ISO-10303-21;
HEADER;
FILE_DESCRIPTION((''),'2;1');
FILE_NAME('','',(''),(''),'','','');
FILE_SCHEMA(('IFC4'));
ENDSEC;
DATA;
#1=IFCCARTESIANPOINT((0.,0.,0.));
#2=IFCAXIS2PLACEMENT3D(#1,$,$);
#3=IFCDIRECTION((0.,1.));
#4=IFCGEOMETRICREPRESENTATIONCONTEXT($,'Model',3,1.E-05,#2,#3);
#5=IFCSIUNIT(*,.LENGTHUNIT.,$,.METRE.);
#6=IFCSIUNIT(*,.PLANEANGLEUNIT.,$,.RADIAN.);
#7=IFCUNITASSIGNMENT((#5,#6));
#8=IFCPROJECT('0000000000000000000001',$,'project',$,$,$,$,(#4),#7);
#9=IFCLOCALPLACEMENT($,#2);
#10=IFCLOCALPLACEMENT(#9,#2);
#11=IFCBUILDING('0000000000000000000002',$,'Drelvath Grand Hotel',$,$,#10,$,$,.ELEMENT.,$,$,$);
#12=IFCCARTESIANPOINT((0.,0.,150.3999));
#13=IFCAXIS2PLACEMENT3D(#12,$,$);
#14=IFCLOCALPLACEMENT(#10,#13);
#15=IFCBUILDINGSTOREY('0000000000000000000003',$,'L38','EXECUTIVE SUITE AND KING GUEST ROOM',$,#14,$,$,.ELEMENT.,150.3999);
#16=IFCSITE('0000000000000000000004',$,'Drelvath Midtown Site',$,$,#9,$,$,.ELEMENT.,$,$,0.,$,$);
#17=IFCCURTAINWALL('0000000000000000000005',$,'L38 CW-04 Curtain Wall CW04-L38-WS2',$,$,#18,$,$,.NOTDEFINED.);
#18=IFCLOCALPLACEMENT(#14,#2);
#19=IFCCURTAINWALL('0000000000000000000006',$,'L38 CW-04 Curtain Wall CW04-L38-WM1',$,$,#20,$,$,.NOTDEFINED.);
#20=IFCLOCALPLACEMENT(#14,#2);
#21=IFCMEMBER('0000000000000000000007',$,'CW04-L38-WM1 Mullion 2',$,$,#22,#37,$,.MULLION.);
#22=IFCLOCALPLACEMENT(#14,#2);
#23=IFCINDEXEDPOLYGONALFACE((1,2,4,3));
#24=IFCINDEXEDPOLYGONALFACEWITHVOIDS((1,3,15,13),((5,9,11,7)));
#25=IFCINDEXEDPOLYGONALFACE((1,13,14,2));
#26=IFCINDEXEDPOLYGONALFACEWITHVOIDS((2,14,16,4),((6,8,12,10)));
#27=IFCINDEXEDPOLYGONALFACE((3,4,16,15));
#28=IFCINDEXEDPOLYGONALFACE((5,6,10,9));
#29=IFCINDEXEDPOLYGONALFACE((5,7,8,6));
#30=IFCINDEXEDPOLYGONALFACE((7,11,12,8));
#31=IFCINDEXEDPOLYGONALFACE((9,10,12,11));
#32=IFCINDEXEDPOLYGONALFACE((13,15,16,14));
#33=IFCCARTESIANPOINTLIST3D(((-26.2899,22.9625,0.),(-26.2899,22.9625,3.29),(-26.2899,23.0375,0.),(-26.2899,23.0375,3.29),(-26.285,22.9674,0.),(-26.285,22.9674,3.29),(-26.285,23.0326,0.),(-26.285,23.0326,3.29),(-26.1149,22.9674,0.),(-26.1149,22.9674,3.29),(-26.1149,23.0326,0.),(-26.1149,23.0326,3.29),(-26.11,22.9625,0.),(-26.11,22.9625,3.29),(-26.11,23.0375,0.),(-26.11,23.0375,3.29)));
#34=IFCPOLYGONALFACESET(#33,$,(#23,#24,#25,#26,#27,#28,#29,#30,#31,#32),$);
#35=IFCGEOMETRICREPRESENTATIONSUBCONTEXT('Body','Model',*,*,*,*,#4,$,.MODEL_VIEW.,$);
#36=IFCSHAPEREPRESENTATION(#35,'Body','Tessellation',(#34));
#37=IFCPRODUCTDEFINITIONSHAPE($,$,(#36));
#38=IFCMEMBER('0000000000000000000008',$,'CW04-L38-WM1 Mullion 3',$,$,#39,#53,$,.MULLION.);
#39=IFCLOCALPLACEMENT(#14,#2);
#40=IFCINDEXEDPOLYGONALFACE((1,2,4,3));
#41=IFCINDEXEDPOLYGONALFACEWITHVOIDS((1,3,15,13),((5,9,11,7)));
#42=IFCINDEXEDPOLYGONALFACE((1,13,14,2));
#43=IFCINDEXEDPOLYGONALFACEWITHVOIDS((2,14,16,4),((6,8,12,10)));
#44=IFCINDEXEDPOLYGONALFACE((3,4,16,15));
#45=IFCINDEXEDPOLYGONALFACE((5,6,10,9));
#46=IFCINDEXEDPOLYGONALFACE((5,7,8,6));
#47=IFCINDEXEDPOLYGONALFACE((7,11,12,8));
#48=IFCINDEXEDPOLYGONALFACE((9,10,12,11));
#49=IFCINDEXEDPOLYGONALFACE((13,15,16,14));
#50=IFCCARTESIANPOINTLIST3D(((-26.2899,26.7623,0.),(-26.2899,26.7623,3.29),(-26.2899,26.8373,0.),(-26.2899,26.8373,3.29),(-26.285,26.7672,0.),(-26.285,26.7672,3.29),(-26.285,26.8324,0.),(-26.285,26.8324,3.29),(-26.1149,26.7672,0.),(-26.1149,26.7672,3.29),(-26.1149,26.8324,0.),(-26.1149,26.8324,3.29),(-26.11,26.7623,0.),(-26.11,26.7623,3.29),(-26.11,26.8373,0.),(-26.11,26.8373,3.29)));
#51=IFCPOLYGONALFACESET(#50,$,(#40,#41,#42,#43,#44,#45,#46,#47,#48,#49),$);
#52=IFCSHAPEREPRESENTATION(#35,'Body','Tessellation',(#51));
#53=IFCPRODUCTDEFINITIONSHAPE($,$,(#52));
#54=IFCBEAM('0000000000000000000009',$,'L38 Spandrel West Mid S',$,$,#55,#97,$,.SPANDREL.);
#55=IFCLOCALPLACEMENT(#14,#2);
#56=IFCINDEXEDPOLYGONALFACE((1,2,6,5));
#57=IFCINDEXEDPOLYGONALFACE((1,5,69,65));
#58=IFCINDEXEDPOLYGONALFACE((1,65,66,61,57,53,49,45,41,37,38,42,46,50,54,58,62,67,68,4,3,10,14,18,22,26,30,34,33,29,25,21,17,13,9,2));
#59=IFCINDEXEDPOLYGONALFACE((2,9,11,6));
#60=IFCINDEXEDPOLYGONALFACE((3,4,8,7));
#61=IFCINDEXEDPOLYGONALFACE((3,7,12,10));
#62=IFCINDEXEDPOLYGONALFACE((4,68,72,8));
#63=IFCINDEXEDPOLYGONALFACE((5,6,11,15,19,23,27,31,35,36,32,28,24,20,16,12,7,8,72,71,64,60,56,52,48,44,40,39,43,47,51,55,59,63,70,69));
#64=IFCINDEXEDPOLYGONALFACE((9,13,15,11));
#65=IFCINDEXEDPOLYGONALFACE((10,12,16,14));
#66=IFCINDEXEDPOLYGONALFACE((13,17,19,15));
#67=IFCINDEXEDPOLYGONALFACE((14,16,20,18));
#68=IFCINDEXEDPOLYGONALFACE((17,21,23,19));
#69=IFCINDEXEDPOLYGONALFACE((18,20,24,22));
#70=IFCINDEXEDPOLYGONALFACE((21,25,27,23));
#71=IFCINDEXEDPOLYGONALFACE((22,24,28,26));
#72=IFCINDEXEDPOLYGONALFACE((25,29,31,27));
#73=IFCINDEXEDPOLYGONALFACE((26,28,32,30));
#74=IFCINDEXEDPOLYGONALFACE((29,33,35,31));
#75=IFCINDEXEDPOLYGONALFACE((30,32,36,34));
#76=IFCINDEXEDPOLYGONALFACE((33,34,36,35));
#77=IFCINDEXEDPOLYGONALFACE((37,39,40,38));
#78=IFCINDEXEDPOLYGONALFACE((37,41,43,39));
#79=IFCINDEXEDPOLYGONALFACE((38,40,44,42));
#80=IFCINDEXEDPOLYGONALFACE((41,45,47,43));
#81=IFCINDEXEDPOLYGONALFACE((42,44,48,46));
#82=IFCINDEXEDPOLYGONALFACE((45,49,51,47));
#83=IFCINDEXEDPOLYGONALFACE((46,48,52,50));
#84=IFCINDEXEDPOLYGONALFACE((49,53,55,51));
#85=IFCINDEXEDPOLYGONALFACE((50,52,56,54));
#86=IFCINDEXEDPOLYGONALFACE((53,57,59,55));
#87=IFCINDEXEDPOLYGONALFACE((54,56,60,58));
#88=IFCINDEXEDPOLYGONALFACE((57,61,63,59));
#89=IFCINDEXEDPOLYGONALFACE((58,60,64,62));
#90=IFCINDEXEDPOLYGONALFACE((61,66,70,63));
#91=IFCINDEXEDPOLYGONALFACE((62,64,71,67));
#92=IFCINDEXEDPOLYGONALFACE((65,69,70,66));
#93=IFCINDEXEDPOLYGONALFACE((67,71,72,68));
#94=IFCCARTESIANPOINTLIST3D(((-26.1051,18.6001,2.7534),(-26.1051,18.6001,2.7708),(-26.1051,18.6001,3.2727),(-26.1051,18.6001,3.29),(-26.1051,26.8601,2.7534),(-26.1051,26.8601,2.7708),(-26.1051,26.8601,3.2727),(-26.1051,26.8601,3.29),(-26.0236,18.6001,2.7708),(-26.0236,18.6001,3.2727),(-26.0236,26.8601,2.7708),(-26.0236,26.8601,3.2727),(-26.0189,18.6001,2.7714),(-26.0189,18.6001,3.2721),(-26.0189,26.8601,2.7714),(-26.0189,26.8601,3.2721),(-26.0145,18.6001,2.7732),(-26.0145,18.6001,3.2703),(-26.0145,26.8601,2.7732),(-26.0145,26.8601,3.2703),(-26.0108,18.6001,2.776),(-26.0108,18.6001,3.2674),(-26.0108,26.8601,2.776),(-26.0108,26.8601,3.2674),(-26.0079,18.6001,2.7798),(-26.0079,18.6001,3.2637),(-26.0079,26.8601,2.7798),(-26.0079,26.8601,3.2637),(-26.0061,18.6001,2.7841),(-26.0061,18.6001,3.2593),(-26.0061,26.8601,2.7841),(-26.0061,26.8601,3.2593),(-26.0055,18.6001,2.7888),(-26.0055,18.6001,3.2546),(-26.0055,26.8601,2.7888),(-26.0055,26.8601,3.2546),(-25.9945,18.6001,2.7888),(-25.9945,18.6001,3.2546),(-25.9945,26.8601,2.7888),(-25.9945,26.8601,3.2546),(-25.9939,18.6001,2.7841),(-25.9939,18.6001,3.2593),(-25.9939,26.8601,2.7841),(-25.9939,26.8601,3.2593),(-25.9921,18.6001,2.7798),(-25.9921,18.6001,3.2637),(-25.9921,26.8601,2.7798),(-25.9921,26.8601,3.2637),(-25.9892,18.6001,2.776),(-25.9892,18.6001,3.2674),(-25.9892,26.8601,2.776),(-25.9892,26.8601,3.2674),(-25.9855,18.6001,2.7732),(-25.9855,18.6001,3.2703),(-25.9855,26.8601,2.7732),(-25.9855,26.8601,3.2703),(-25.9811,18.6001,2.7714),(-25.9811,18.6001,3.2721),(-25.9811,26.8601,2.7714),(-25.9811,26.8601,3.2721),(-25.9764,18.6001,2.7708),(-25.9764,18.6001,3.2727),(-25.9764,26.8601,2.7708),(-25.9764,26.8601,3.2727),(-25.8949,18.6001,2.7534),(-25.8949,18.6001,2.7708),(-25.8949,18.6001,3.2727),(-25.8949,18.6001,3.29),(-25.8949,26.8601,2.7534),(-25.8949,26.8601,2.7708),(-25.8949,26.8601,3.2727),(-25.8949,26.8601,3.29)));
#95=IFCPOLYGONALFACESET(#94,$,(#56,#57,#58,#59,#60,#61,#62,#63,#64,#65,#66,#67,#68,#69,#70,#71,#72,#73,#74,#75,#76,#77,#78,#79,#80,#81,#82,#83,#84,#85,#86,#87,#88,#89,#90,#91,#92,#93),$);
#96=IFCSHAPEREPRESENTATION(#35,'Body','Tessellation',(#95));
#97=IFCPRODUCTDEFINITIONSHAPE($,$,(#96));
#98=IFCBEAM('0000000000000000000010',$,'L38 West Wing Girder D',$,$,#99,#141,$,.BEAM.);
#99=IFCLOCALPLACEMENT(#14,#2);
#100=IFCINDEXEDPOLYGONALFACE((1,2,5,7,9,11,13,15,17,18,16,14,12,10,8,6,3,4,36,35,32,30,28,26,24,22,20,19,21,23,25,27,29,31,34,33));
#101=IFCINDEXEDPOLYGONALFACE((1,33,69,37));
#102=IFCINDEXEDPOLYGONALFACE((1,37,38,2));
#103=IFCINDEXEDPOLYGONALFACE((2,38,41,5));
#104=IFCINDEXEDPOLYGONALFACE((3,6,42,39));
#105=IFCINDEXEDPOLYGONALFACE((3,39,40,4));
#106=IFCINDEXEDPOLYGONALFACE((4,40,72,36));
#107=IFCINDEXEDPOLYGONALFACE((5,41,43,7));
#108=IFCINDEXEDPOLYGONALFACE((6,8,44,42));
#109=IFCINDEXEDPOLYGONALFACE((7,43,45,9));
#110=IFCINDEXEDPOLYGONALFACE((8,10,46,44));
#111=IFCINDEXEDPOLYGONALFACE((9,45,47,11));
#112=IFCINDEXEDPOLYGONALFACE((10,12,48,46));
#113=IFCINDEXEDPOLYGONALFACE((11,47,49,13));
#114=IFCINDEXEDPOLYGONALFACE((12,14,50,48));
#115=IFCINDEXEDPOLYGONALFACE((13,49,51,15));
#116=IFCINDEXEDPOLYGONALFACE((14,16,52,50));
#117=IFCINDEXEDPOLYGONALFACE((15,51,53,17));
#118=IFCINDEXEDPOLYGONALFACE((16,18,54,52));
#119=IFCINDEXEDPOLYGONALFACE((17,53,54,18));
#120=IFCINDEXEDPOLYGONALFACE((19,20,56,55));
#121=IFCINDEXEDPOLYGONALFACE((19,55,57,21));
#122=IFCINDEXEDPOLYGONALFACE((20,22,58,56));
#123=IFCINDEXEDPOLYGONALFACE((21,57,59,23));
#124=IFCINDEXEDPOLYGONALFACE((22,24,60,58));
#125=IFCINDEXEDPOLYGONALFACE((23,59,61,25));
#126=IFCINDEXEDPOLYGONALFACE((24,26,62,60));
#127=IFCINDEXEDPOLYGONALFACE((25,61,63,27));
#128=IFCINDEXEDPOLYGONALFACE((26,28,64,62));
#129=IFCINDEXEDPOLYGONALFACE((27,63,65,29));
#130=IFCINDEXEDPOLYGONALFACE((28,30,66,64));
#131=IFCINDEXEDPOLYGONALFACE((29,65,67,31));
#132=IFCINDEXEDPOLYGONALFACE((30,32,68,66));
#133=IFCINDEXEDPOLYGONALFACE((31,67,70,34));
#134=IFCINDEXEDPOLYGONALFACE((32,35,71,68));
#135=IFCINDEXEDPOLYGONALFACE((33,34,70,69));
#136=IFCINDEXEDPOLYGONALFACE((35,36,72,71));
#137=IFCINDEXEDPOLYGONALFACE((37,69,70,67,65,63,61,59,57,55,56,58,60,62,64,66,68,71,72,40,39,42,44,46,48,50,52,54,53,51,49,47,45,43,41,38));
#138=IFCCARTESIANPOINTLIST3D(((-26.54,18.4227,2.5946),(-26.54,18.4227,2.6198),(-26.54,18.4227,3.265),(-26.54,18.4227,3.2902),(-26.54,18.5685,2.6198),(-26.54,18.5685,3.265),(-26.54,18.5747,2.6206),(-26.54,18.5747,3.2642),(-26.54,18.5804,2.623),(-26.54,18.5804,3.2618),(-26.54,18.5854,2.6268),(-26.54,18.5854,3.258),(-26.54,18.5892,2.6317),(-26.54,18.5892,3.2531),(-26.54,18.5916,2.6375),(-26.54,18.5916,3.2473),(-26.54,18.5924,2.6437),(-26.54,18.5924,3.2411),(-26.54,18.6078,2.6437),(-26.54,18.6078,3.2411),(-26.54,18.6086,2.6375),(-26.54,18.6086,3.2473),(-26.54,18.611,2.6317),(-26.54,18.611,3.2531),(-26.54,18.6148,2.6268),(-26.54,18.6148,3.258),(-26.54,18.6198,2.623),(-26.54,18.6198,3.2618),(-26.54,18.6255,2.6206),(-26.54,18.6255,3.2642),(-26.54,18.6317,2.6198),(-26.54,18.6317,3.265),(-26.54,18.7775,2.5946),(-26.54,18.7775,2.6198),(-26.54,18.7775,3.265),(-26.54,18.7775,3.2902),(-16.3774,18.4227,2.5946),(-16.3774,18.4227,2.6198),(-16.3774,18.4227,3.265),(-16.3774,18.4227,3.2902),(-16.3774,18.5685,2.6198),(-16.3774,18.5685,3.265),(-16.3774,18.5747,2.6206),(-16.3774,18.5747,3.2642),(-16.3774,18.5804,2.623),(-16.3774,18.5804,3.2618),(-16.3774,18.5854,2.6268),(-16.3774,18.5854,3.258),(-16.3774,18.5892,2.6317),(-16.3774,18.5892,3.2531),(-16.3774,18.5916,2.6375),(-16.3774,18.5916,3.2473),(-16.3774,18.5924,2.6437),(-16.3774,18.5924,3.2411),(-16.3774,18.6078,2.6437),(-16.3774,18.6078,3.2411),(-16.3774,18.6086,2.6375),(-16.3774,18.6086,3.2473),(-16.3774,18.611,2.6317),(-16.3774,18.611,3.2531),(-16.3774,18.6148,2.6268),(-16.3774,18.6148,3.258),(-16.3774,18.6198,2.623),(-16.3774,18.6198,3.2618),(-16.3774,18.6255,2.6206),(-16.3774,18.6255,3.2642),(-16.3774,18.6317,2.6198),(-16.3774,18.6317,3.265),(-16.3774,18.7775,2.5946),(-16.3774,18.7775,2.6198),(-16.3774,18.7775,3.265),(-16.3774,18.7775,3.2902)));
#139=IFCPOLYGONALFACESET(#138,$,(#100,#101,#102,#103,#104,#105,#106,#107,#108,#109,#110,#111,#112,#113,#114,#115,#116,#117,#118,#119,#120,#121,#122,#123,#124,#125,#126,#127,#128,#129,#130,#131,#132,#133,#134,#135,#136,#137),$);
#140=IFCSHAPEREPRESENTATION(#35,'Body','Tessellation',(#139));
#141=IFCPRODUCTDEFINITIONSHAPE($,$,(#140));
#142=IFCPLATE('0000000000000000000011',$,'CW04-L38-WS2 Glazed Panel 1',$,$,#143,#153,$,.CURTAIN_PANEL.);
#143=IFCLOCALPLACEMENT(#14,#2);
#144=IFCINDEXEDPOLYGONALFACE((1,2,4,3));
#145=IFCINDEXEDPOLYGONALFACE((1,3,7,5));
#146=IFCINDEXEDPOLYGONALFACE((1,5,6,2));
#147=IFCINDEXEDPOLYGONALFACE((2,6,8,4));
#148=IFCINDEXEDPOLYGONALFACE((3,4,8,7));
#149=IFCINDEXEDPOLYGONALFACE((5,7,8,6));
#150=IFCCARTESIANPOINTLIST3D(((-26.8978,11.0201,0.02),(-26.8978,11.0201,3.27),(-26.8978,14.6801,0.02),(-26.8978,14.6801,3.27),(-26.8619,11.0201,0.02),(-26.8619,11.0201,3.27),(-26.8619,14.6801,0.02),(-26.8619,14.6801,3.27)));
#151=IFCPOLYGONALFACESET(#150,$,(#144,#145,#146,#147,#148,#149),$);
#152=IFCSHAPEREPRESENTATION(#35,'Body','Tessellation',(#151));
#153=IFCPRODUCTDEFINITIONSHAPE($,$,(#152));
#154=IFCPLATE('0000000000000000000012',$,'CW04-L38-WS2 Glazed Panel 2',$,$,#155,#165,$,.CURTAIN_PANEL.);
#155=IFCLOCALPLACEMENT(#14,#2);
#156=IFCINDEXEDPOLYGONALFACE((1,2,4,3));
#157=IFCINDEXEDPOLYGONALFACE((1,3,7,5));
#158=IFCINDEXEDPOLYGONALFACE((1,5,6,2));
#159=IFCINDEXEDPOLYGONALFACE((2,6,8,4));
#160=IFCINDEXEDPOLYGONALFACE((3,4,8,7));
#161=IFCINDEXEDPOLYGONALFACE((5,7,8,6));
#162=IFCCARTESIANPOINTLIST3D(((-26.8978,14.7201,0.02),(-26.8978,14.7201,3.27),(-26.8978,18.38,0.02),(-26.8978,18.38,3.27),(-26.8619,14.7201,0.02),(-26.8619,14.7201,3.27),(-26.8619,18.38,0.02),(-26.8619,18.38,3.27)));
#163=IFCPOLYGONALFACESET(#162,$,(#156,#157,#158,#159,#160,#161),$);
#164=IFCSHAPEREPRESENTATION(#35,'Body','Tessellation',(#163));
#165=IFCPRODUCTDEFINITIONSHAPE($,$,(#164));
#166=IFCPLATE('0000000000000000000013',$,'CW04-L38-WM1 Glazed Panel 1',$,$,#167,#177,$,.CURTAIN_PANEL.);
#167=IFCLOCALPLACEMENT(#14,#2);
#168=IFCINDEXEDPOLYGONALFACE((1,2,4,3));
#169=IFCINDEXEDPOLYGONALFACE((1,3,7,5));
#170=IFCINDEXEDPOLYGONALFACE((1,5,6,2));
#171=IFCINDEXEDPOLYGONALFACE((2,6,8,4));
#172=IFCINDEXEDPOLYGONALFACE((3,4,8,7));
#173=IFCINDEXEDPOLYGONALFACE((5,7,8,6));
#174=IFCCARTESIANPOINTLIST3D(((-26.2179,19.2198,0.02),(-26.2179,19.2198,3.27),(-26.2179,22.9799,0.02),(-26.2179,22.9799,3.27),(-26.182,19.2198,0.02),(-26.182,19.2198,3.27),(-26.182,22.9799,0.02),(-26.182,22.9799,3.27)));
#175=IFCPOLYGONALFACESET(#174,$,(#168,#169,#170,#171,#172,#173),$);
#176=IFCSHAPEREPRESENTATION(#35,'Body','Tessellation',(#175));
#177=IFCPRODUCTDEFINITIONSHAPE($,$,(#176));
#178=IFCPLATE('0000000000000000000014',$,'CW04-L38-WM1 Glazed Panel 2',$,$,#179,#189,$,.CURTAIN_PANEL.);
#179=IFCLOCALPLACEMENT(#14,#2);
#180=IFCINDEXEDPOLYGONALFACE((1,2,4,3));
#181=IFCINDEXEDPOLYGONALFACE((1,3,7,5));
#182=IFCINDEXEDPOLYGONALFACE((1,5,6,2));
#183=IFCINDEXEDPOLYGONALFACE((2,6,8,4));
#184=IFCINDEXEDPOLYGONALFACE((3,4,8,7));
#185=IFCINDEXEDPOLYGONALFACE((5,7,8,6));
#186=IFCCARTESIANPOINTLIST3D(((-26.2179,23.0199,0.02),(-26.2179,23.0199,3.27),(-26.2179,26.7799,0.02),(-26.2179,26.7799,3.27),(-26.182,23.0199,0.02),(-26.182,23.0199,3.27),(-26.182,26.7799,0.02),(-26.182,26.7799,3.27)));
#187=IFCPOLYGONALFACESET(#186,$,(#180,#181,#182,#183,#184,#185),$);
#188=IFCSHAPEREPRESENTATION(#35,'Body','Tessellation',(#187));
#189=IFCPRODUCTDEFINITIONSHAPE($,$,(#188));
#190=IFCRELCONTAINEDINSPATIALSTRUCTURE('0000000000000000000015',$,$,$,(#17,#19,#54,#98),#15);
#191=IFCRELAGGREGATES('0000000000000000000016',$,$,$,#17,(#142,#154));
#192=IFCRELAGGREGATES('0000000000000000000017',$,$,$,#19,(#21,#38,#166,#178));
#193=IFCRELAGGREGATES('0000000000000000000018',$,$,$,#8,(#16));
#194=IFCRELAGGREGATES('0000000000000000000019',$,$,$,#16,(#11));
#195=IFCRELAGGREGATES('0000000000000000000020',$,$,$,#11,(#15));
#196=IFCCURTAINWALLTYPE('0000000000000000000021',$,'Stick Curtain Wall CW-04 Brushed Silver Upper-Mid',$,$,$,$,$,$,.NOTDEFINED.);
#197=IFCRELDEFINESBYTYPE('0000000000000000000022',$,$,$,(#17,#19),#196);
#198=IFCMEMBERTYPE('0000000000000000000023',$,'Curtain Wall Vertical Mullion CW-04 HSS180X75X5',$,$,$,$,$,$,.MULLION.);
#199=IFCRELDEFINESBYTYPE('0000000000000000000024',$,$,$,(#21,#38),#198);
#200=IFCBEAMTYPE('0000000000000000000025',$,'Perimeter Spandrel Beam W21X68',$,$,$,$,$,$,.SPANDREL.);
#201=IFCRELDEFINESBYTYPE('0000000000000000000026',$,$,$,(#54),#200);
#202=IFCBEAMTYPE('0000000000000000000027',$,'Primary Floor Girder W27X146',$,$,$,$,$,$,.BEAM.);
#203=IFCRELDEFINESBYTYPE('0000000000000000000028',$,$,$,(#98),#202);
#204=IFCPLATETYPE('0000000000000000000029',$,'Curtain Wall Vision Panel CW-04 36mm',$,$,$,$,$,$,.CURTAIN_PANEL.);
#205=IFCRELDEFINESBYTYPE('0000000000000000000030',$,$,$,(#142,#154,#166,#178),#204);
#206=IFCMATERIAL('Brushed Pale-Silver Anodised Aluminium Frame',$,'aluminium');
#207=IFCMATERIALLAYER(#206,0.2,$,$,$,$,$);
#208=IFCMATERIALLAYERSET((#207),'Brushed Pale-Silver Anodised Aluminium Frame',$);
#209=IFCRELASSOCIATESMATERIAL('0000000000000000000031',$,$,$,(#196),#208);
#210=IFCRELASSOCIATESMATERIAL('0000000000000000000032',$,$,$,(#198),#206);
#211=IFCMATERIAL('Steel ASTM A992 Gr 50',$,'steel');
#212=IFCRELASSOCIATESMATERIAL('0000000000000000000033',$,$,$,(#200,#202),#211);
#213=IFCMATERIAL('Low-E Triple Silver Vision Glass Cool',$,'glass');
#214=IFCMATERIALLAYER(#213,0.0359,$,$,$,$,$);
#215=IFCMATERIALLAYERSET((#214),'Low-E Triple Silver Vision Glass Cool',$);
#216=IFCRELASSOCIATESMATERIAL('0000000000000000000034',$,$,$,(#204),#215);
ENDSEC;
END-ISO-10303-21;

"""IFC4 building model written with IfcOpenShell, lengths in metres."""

from ifc_helpers import new_model, si_unit, direction, frame, origin, origin_2d, place, context, subcontext, project, spatial, rectangle, hollow_rectangle, i_section, extrude, material, layer, layer_set, material_profile, profile_set, type_object, element, aggregate, save


model = new_model("IFC4")

# Units and contexts
model_context = context("Model", 3, precision=1e-05, world=origin(), true_north=direction((0.0, 1.0)))
body_context = subcontext(model_context, "Body", "Model", "MODEL_VIEW")
ifc_project = project(units=[si_unit("LENGTHUNIT", "METRE"), si_unit("PLANEANGLEUNIT", "RADIAN")], contexts=[model_context])

# Site, building, storey
site_placement = place(None, origin())
site = spatial("IfcSite", under=ifc_project, at=site_placement, Name="Drelvath Midtown Site", CompositionType="ELEMENT", RefElevation=0.0)
building_placement = place(site_placement, origin())
building = spatial("IfcBuilding", under=site, at=building_placement, Name="Drelvath Grand Hotel", CompositionType="ELEMENT")
storey_placement = place(building_placement, frame((0.0, 0.0, 150.3999)))
storey = spatial("IfcBuildingStorey", under=building, at=storey_placement, Name="L38", Description="EXECUTIVE SUITE AND KING GUEST ROOM", CompositionType="ELEMENT", Elevation=150.3999)

# Shared definitions
ifc_material_1 = material(Name="Steel ASTM A992 Gr 50", Category="steel")

# Curtain walls
ifc_material_2 = material(Name="Brushed Pale-Silver Anodised Aluminium Frame", Category="aluminium")
ifc_layer_1 = layer(ifc_material_2, 0.2)
ifc_layer_set_1 = layer_set([ifc_layer_1], Name="Brushed Pale-Silver Anodised Aluminium Frame")
curtain_wall_type = type_object("IfcCurtainWallType", Name="Stick Curtain Wall CW-04 Brushed Silver Upper-Mid", PredefinedType="NOTDEFINED", material=ifc_layer_set_1)
curtain_wall_1_placement = place(storey_placement, origin())
curtain_wall_1 = element("IfcCurtainWall", 1, at=curtain_wall_1_placement, inside=storey, type_object=curtain_wall_type, Name="L38 CW-04 Curtain Wall CW04-L38-WS2", PredefinedType="NOTDEFINED")
curtain_wall_2_placement = place(storey_placement, origin())
curtain_wall_2 = element("IfcCurtainWall", 2, at=curtain_wall_2_placement, inside=storey, type_object=curtain_wall_type, Name="L38 CW-04 Curtain Wall CW04-L38-WM1", PredefinedType="NOTDEFINED")

# Members
ifc_material_profile_1 = material_profile(ifc_material_2, hollow_rectangle(XDim=0.075, YDim=0.1799, WallThickness=0.0049, at=origin_2d()), Name="HSS180X75X5")
ifc_profile_set_1 = profile_set([ifc_material_profile_1], Name="Brushed Pale-Silver Anodised Aluminium Frame")
member_type_1 = type_object("IfcMemberType", Name="Curtain Wall Vertical Mullion CW-04 HSS180X75X5", PredefinedType="MULLION", material=ifc_profile_set_1)
member_1_placement = place(storey_placement, frame((-26.2, 23.0, 0.0), z_axis=(0.0, 0.0, 1.0), x_axis=(0.0, 1.0, 0.0)))
member_1 = element("IfcMember", 3, at=member_1_placement, type_object=member_type_1, Name="CW04-L38-WM1 Mullion 2", PredefinedType="MULLION", context=body_context, shape_type="SweptSolid", body=[
    extrude(hollow_rectangle(XDim=0.075, YDim=0.1799, WallThickness=0.0049, at=origin_2d()), origin(), (0.0, 0.0, 1.0), 3.29),
])
member_2_placement = place(storey_placement, frame((-26.2, 26.7998, 0.0), z_axis=(0.0, 0.0, 1.0), x_axis=(0.0, 1.0, 0.0)))
member_2 = element("IfcMember", 4, at=member_2_placement, type_object=member_type_1, Name="CW04-L38-WM1 Mullion 3", PredefinedType="MULLION", context=body_context, shape_type="SweptSolid", body=[
    extrude(hollow_rectangle(XDim=0.075, YDim=0.1799, WallThickness=0.0049, at=origin_2d()), origin(), (0.0, 0.0, 1.0), 3.29),
])

# Beams
ifc_material_profile_2 = material_profile(ifc_material_1, i_section(OverallWidth=0.2102, OverallDepth=0.5366, WebThickness=0.011, FlangeThickness=0.0173, FilletRadius=0.0181, at=origin_2d()), Name="W21X68")
ifc_profile_set_2 = profile_set([ifc_material_profile_2], Name="Steel ASTM A992 Gr 50")
beam_type_1 = type_object("IfcBeamType", Name="Perimeter Spandrel Beam W21X68", PredefinedType="SPANDREL", material=ifc_profile_set_2)
beam_1_placement = place(storey_placement, frame((-26.0, 18.6001, 3.0217), z_axis=(0.0, 1.0, 0.0), x_axis=(-1.0, 0.0, 0.0)))
element("IfcBeam", 5, at=beam_1_placement, inside=storey, type_object=beam_type_1, Name="L38 Spandrel West Mid S", PredefinedType="SPANDREL", context=body_context, shape_type="SweptSolid", body=[
    extrude(i_section(OverallWidth=0.2102, OverallDepth=0.5366, WebThickness=0.011, FlangeThickness=0.0173, FilletRadius=0.0181, at=origin_2d()), origin(), (0.0, 0.0, 1.0), 8.26),
])
ifc_material_profile_3 = material_profile(ifc_material_1, i_section(OverallWidth=0.3547, OverallDepth=0.6956, WebThickness=0.0154, FlangeThickness=0.0251, FilletRadius=0.0239, at=origin_2d()), Name="W27X146")
ifc_profile_set_3 = profile_set([ifc_material_profile_3], Name="Steel ASTM A992 Gr 50")
beam_type_2 = type_object("IfcBeamType", Name="Primary Floor Girder W27X146", PredefinedType="BEAM", material=ifc_profile_set_3)
beam_2_placement = place(storey_placement, frame((-26.54, 18.6001, 2.9424), z_axis=(1.0, 0.0, 0.0), x_axis=(0.0, 1.0, 0.0)))
element("IfcBeam", 6, at=beam_2_placement, inside=storey, type_object=beam_type_2, Name="L38 West Wing Girder D", PredefinedType="BEAM", context=body_context, shape_type="SweptSolid", body=[
    extrude(i_section(OverallWidth=0.3547, OverallDepth=0.6956, WebThickness=0.0154, FlangeThickness=0.0251, FilletRadius=0.0239, at=origin_2d()), origin(), (0.0, 0.0, 1.0), 10.1626),
])

# Plates
ifc_material_3 = material(Name="Low-E Triple Silver Vision Glass Cool", Category="glass")
ifc_layer_2 = layer(ifc_material_3, 0.0359)
ifc_layer_set_2 = layer_set([ifc_layer_2], Name="Low-E Triple Silver Vision Glass Cool")
plate_type = type_object("IfcPlateType", Name="Curtain Wall Vision Panel CW-04 36mm", PredefinedType="CURTAIN_PANEL", material=ifc_layer_set_2)
plate_1_placement = place(storey_placement, frame((-26.8799, 12.8501, 0.02), z_axis=(0.0, 0.0, 1.0), x_axis=(0.0, 1.0, 0.0)))
plate_1 = element("IfcPlate", 7, at=plate_1_placement, type_object=plate_type, Name="CW04-L38-WS2 Glazed Panel 1", PredefinedType="CURTAIN_PANEL", context=body_context, shape_type="SweptSolid", body=[
    extrude(rectangle(XDim=3.6599, YDim=0.0359, at=origin_2d()), origin(), (0.0, 0.0, 1.0), 3.25),
])
plate_2_placement = place(storey_placement, frame((-26.8799, 16.55, 0.02), z_axis=(0.0, 0.0, 1.0), x_axis=(0.0, 1.0, 0.0)))
plate_2 = element("IfcPlate", 8, at=plate_2_placement, type_object=plate_type, Name="CW04-L38-WS2 Glazed Panel 2", PredefinedType="CURTAIN_PANEL", context=body_context, shape_type="SweptSolid", body=[
    extrude(rectangle(XDim=3.6599, YDim=0.0359, at=origin_2d()), origin(), (0.0, 0.0, 1.0), 3.25),
])
aggregate(curtain_wall_1, [plate_1, plate_2])
plate_3_placement = place(storey_placement, frame((-26.2, 21.0999, 0.02), z_axis=(0.0, 0.0, 1.0), x_axis=(0.0, 1.0, 0.0)))
plate_3 = element("IfcPlate", 9, at=plate_3_placement, type_object=plate_type, Name="CW04-L38-WM1 Glazed Panel 1", PredefinedType="CURTAIN_PANEL", context=body_context, shape_type="SweptSolid", body=[
    extrude(rectangle(XDim=3.76, YDim=0.0359, at=origin_2d()), origin(), (0.0, 0.0, 1.0), 3.25),
])
plate_4_placement = place(storey_placement, frame((-26.2, 24.8999, 0.02), z_axis=(0.0, 0.0, 1.0), x_axis=(0.0, 1.0, 0.0)))
plate_4 = element("IfcPlate", 10, at=plate_4_placement, type_object=plate_type, Name="CW04-L38-WM1 Glazed Panel 2", PredefinedType="CURTAIN_PANEL", context=body_context, shape_type="SweptSolid", body=[
    extrude(rectangle(XDim=3.76, YDim=0.0359, at=origin_2d()), origin(), (0.0, 0.0, 1.0), 3.25),
])
aggregate(curtain_wall_2, [member_1, member_2, plate_3, plate_4])

save(model, "model.ifc")
